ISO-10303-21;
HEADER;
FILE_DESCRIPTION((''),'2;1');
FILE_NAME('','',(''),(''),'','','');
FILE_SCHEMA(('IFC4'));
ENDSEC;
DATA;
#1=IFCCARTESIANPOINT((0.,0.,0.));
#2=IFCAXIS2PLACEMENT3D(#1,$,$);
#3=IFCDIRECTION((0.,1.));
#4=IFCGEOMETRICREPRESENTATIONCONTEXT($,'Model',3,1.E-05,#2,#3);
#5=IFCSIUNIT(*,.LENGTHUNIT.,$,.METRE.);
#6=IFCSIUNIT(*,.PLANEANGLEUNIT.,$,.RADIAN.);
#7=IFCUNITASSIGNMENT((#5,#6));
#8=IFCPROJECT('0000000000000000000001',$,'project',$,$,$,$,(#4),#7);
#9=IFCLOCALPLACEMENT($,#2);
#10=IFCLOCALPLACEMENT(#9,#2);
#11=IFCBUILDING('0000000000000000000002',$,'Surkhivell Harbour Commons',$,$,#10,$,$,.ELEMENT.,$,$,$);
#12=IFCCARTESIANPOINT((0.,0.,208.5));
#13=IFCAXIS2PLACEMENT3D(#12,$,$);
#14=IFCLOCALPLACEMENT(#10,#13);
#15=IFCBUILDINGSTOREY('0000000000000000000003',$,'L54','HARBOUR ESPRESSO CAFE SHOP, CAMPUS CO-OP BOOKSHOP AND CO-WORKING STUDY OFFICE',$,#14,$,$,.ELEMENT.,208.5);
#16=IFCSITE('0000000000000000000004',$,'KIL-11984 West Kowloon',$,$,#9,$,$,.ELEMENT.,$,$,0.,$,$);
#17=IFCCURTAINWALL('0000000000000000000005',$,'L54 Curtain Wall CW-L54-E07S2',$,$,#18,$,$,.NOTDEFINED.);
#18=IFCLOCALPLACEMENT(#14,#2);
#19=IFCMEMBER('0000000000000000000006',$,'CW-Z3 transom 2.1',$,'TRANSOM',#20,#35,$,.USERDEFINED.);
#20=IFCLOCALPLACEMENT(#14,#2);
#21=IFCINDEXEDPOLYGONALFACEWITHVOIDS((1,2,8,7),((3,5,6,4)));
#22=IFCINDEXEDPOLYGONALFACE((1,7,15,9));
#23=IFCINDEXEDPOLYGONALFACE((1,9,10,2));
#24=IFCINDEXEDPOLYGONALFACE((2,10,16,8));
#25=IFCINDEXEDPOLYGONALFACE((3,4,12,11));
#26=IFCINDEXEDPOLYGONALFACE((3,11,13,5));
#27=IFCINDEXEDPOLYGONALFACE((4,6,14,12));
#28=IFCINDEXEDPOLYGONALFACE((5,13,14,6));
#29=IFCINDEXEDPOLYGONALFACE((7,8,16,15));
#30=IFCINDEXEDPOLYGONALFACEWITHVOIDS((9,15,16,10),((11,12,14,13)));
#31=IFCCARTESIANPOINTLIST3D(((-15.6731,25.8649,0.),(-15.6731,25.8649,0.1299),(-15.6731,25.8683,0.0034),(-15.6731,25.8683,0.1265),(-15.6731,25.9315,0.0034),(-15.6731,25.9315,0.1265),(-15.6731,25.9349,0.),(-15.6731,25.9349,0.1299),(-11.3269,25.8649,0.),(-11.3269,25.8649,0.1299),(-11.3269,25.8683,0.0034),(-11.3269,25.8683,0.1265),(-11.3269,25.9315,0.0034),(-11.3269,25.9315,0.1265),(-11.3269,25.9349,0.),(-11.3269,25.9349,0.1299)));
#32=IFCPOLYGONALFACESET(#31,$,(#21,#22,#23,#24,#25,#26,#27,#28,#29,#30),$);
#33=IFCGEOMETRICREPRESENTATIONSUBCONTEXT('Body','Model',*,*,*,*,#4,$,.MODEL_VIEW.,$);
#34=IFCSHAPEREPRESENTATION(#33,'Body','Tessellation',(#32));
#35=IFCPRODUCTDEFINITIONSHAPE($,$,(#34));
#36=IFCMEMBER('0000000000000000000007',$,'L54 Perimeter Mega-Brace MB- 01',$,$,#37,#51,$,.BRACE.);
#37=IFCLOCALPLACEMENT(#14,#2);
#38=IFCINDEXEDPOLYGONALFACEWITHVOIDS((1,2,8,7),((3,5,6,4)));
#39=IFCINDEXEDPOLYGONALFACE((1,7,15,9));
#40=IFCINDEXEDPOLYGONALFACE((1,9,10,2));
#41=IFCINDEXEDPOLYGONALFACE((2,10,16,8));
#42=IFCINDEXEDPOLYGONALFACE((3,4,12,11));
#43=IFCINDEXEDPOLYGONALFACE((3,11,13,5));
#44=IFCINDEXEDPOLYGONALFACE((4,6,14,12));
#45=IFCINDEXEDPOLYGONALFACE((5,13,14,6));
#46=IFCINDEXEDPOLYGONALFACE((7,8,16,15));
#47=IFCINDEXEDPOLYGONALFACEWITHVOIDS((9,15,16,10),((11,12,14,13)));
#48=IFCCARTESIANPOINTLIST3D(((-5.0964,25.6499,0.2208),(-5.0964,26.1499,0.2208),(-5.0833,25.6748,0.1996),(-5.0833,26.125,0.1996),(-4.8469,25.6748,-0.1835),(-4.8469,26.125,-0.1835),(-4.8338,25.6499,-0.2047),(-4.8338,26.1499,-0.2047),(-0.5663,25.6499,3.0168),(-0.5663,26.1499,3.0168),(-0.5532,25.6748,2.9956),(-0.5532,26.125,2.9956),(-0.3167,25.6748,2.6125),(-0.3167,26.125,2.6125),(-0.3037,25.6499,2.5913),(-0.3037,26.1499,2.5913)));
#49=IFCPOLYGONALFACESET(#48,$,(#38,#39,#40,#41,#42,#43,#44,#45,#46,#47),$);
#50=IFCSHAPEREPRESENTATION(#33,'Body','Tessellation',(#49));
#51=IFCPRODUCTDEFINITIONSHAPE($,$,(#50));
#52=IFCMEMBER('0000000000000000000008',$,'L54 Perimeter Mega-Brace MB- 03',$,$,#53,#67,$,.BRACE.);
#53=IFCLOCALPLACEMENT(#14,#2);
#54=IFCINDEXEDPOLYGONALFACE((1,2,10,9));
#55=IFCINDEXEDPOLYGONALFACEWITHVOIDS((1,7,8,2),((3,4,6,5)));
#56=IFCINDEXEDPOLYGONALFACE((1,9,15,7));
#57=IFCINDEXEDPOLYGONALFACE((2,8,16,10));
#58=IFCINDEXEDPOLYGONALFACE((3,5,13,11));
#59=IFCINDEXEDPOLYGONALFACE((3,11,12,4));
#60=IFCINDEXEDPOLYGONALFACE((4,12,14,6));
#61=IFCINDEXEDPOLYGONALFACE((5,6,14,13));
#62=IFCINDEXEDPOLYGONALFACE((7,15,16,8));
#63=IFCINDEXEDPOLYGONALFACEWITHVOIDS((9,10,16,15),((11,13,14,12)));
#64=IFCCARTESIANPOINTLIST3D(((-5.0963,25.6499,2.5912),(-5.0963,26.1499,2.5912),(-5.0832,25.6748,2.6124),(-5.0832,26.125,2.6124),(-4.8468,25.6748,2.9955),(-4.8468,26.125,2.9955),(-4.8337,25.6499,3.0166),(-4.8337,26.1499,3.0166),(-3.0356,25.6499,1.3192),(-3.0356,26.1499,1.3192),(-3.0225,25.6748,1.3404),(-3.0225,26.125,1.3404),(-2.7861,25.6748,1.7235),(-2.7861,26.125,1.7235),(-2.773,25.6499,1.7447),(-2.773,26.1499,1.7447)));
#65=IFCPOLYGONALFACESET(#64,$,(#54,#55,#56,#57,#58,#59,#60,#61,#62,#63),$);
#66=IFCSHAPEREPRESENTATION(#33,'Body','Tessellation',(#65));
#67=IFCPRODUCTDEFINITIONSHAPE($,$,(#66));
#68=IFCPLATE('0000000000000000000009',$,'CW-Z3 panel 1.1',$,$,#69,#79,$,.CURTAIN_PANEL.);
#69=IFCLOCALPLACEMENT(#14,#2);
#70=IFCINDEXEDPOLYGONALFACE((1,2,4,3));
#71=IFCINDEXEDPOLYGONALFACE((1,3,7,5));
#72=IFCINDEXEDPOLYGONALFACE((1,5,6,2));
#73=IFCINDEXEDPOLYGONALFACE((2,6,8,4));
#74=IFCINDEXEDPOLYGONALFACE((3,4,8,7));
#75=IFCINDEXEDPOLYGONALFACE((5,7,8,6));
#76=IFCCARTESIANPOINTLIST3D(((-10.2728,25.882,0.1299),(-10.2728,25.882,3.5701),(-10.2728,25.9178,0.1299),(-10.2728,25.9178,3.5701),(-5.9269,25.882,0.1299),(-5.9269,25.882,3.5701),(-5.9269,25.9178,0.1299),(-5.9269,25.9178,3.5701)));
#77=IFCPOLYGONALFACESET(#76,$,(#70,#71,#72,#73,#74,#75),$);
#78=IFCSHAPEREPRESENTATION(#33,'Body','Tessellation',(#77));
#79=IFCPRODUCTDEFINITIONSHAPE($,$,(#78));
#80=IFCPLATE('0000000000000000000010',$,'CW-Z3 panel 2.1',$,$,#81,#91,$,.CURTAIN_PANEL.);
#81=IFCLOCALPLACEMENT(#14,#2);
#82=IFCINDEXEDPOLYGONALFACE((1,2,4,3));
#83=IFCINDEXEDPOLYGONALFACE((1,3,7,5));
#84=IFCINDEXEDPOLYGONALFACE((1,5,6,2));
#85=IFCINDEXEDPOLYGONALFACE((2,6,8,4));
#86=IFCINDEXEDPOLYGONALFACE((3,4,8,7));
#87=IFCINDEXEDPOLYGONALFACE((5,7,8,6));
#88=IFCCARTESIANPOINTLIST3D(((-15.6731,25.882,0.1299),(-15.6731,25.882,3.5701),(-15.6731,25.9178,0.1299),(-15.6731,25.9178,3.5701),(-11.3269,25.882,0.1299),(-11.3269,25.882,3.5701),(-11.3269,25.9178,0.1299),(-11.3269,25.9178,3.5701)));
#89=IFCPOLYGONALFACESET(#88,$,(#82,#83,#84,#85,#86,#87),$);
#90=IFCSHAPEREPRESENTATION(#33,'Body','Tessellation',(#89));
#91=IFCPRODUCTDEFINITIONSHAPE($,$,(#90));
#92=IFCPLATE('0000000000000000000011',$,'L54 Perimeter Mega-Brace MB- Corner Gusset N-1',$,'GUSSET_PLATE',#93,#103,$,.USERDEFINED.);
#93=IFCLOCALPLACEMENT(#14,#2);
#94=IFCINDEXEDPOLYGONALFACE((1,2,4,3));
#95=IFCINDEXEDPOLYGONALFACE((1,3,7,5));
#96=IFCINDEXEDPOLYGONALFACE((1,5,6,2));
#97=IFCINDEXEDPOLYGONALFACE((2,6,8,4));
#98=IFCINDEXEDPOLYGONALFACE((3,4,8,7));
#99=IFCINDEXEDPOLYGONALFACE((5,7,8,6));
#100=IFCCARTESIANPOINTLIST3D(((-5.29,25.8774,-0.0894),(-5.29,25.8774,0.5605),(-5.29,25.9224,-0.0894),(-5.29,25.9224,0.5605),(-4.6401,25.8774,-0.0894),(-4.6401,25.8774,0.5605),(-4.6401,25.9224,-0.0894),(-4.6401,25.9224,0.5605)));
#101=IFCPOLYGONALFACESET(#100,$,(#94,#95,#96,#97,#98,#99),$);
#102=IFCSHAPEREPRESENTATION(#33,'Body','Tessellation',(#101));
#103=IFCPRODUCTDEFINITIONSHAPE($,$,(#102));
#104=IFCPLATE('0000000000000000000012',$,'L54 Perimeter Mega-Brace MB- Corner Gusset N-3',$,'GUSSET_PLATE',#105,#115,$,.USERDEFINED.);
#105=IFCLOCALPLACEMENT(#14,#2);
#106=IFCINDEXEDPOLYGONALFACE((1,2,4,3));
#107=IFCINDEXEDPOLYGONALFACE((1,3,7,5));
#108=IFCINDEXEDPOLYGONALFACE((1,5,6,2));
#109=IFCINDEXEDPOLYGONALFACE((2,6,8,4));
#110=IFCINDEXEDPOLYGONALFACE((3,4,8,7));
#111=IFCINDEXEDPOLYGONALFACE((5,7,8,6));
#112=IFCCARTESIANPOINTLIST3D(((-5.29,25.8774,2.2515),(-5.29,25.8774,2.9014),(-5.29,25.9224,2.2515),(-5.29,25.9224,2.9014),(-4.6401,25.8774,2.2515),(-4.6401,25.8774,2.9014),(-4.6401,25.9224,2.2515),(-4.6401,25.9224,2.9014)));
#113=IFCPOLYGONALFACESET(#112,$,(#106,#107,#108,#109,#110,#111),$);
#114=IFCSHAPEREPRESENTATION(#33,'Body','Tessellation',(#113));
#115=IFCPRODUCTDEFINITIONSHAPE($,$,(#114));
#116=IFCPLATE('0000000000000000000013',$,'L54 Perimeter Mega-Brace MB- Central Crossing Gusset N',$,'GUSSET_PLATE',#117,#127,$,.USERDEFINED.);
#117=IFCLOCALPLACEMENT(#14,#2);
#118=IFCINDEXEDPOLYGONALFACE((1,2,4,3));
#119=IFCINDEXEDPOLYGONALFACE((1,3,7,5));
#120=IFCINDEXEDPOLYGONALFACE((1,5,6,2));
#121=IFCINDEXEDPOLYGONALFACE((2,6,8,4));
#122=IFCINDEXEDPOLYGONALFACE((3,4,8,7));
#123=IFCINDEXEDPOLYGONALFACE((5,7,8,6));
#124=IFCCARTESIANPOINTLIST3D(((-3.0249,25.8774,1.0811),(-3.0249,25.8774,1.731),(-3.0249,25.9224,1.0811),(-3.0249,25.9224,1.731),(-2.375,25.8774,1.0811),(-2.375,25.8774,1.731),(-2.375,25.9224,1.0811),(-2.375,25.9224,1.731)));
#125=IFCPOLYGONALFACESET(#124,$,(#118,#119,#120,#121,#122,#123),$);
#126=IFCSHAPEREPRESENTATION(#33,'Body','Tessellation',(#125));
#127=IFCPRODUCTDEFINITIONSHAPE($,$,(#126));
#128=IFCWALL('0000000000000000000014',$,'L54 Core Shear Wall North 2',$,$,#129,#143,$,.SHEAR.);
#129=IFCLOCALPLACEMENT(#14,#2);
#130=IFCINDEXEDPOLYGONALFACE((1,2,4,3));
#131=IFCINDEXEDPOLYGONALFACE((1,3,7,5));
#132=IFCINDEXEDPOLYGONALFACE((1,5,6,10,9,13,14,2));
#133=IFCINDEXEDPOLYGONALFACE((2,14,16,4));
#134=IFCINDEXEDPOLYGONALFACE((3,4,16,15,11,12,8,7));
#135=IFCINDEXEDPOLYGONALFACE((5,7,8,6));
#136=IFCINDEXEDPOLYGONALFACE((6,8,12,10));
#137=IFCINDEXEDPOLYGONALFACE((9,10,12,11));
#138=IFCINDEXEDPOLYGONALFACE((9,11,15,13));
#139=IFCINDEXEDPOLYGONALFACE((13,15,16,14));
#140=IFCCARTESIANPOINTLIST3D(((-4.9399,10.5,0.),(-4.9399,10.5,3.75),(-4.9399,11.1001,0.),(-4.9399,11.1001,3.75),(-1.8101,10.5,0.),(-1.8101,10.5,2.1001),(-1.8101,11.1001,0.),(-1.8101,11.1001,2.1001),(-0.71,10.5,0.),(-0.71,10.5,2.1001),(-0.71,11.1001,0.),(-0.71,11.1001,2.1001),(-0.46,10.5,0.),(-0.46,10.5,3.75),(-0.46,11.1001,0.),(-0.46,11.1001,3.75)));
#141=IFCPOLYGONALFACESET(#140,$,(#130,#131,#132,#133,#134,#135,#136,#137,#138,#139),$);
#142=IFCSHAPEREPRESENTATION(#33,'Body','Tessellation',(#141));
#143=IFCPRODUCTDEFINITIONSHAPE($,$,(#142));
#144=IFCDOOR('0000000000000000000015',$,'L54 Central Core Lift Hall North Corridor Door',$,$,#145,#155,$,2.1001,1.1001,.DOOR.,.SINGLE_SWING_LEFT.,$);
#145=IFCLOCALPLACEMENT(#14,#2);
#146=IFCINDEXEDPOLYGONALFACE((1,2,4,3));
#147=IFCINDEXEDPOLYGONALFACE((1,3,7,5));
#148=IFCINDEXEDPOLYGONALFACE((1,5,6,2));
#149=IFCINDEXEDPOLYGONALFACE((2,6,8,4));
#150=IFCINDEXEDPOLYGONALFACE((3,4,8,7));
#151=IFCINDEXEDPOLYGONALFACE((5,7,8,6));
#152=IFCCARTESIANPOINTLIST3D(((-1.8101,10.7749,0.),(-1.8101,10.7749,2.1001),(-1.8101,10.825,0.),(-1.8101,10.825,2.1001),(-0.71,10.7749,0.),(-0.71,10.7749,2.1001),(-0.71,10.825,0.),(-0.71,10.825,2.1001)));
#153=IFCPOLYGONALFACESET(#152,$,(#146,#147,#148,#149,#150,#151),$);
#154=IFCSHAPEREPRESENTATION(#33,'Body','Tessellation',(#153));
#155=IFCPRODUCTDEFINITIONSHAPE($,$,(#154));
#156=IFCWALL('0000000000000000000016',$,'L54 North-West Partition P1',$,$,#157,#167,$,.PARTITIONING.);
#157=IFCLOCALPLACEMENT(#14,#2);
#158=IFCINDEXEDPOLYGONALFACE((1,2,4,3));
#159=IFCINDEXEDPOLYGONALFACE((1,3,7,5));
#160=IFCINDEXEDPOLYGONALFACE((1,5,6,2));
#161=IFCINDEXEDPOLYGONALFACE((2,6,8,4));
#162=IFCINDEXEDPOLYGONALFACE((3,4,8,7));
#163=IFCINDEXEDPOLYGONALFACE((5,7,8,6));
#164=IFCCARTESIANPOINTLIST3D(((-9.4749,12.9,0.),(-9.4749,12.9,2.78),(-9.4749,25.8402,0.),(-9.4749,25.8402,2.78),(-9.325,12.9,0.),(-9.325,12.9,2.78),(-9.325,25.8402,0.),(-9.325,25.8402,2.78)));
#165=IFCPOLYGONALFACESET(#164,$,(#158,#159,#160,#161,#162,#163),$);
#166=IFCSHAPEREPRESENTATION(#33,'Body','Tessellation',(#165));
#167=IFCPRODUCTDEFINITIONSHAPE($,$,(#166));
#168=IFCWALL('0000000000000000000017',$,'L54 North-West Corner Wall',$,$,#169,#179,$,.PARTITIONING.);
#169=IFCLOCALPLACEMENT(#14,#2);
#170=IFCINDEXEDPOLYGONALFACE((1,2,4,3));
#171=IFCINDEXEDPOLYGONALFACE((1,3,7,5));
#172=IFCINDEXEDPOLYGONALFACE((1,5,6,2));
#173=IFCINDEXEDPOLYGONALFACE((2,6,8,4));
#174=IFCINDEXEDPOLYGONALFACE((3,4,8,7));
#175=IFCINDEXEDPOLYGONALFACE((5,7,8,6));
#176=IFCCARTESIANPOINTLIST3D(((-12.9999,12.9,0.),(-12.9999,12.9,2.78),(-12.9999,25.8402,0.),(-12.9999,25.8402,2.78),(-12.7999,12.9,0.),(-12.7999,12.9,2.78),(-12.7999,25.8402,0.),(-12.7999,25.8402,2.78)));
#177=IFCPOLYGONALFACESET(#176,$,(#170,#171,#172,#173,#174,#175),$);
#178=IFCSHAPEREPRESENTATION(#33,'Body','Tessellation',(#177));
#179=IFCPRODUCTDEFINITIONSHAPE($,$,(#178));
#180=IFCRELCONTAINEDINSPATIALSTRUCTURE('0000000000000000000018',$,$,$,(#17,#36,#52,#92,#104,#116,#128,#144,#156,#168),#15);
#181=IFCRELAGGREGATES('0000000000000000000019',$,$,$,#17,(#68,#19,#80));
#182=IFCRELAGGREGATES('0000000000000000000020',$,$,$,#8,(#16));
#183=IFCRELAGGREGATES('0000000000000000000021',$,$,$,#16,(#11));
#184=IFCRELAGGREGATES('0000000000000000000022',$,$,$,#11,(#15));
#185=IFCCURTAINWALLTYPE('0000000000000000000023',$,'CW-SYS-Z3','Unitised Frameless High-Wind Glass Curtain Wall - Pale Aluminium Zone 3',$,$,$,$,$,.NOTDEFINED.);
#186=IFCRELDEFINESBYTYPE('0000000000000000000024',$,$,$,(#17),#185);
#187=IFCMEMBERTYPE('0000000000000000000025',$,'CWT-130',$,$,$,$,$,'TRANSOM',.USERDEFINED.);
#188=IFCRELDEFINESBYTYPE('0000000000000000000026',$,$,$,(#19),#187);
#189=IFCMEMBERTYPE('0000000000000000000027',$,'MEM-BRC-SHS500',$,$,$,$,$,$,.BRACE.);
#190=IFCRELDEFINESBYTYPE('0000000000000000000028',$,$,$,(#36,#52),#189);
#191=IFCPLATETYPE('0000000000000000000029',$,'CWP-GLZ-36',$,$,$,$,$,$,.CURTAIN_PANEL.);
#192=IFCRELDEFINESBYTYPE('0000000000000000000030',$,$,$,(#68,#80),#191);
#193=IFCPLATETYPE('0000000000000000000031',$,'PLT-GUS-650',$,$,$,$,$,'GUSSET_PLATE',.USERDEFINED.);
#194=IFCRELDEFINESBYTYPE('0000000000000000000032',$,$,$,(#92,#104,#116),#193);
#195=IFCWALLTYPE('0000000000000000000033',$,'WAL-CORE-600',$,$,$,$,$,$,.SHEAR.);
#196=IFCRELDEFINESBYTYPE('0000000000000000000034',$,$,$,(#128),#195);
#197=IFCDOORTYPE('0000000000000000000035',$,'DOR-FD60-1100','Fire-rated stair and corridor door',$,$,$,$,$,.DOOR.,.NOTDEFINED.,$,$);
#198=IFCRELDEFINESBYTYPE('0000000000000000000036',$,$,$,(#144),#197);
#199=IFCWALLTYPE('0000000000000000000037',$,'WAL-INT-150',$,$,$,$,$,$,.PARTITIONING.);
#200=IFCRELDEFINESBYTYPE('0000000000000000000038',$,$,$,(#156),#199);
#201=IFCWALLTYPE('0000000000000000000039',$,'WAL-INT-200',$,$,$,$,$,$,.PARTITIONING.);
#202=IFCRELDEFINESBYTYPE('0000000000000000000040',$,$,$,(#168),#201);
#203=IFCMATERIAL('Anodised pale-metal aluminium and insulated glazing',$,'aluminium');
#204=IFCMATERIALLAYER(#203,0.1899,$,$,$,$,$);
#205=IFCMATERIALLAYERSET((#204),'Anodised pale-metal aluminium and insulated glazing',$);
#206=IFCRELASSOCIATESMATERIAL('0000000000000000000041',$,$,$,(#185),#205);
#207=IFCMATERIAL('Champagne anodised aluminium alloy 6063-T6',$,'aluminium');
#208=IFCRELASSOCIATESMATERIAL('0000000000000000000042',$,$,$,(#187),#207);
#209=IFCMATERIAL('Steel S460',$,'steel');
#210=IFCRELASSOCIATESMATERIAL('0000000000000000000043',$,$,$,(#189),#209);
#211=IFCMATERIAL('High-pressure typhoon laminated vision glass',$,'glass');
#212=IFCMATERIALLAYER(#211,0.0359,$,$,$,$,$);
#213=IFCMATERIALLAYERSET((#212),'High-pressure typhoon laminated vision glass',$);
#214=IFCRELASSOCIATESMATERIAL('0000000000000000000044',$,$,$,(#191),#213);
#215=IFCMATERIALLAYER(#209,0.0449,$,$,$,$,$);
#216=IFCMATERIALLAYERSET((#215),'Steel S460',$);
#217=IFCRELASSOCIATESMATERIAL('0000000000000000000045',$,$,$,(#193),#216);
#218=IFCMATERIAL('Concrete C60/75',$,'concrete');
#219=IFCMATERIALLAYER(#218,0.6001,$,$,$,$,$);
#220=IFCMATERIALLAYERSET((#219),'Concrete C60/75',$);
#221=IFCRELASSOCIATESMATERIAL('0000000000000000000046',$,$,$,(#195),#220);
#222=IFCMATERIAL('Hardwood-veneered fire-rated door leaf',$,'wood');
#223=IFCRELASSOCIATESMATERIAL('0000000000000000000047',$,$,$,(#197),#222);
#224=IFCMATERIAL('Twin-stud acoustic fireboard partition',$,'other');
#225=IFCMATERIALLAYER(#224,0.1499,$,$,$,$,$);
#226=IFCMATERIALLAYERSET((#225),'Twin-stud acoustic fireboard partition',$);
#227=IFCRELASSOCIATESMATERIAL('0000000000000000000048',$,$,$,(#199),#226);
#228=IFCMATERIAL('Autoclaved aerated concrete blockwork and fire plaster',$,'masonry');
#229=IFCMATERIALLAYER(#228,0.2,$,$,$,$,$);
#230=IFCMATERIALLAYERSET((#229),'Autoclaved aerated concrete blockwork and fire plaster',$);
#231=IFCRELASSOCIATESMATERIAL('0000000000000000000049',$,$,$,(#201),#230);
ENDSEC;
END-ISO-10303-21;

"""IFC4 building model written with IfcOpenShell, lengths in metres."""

from ifc_helpers import new_model, si_unit, direction, frame, frame_2d, origin, origin_2d, place, context, subcontext, project, spatial, rectangle, hollow_rectangle, extrude, material, layer, layer_set, material_profile, profile_set, type_object, element, fill, aggregate, save


model = new_model("IFC4")

# Units and contexts
model_context = context("Model", 3, precision=1e-05, world=origin(), true_north=direction((0.0, 1.0)))
body_context = subcontext(model_context, "Body", "Model", "MODEL_VIEW")
ifc_project = project(units=[si_unit("LENGTHUNIT", "METRE"), si_unit("PLANEANGLEUNIT", "RADIAN")], contexts=[model_context])

# Site, building, storey
site_placement = place(None, origin())
site = spatial("IfcSite", under=ifc_project, at=site_placement, Name="KIL-11984 West Kowloon", CompositionType="ELEMENT", RefElevation=0.0)
building_placement = place(site_placement, origin())
building = spatial("IfcBuilding", under=site, at=building_placement, Name="Surkhivell Harbour Commons", CompositionType="ELEMENT")
storey_placement = place(building_placement, frame((0.0, 0.0, 208.5)))
storey = spatial("IfcBuildingStorey", under=building, at=storey_placement, Name="L54", Description="HARBOUR ESPRESSO CAFE SHOP, CAMPUS CO-OP BOOKSHOP AND CO-WORKING STUDY OFFICE", CompositionType="ELEMENT", Elevation=208.5)

# Shared definitions
ifc_material_1 = material(Name="Concrete C60/75", Category="concrete")

# Curtain wall, member
ifc_material_2 = material(Name="Anodised pale-metal aluminium and insulated glazing", Category="aluminium")
ifc_layer_1 = layer(ifc_material_2, 0.1899)
ifc_layer_set_1 = layer_set([ifc_layer_1], Name="Anodised pale-metal aluminium and insulated glazing")
curtain_wall_type = type_object("IfcCurtainWallType", Name="CW-SYS-Z3", Description="Unitised Frameless High-Wind Glass Curtain Wall - Pale Aluminium Zone 3", PredefinedType="NOTDEFINED", material=ifc_layer_set_1)
curtain_wall_placement = place(storey_placement, origin())
curtain_wall = element("IfcCurtainWall", 1, at=curtain_wall_placement, inside=storey, type_object=curtain_wall_type, Name="L54 Curtain Wall CW-L54-E07S2", PredefinedType="NOTDEFINED")
ifc_material_3 = material(Name="Champagne anodised aluminium alloy 6063-T6", Category="aluminium")
ifc_material_profile_1 = material_profile(ifc_material_3, hollow_rectangle(XDim=0.0701, YDim=0.1299, WallThickness=0.0034, at=origin_2d()), Name="ALU-TRAN-70x130")
ifc_profile_set_1 = profile_set([ifc_material_profile_1], Name="Champagne anodised aluminium alloy 6063-T6")
member_type_1 = type_object("IfcMemberType", Name="CWT-130", ElementType="TRANSOM", PredefinedType="USERDEFINED", material=ifc_profile_set_1)
member_1_placement = place(storey_placement, frame((-11.3269, 25.8999, 0.0649), z_axis=(-1.0, 0.0, 0.0), x_axis=(0.0, -1.0, 0.0)))
member_1 = element("IfcMember", 2, at=member_1_placement, type_object=member_type_1, Name="CW-Z3 transom 2.1", ObjectType="TRANSOM", PredefinedType="USERDEFINED", context=body_context, shape_type="SweptSolid", body=[
    extrude(hollow_rectangle(XDim=0.0701, YDim=0.1299, WallThickness=0.0034, at=origin_2d()), origin(), (0.0, 0.0, 1.0), 4.3462),
])

# Members
ifc_material_4 = material(Name="Steel S460", Category="steel")
ifc_material_profile_2 = material_profile(ifc_material_4, hollow_rectangle(XDim=0.5, YDim=0.5, WallThickness=0.0249, at=origin_2d()), Name="SHS500x500x25")
ifc_profile_set_2 = profile_set([ifc_material_profile_2], Name="Steel S460")
member_type_2 = type_object("IfcMemberType", Name="MEM-BRC-SHS500", PredefinedType="BRACE", material=ifc_profile_set_2)
member_2_placement = place(storey_placement, frame((-4.9651, 25.8999, 0.0081), z_axis=(0.850971, 0.0, 0.525213), x_axis=(0.0, 1.0, 0.0)))
element("IfcMember", 3, at=member_2_placement, inside=storey, type_object=member_type_2, Name="L54 Perimeter Mega-Brace MB- 01", PredefinedType="BRACE", context=body_context, shape_type="SweptSolid", body=[
    extrude(hollow_rectangle(XDim=0.5, YDim=0.5, WallThickness=0.0249, at=origin_2d()), origin(), (0.0, 0.0, 1.0), 5.3235),
])
member_3_placement = place(storey_placement, frame((-2.9043, 25.8999, 1.532), z_axis=(-0.850958, 0.0, 0.525233), x_axis=(0.0, -1.0, 0.0)))
element("IfcMember", 4, at=member_3_placement, inside=storey, type_object=member_type_2, Name="L54 Perimeter Mega-Brace MB- 03", PredefinedType="BRACE", context=body_context, shape_type="SweptSolid", body=[
    extrude(hollow_rectangle(XDim=0.5, YDim=0.5, WallThickness=0.0249, at=origin_2d()), origin(), (0.0, 0.0, 1.0), 2.4216),
])

# Plates
ifc_material_5 = material(Name="High-pressure typhoon laminated vision glass", Category="glass")
ifc_layer_2 = layer(ifc_material_5, 0.0359)
ifc_layer_set_2 = layer_set([ifc_layer_2], Name="High-pressure typhoon laminated vision glass")
plate_type_1 = type_object("IfcPlateType", Name="CWP-GLZ-36", PredefinedType="CURTAIN_PANEL", material=ifc_layer_set_2)
plate_1_placement = place(storey_placement, frame((-5.927, 25.8999, 0.1299), z_axis=(0.0, 0.0, 1.0), x_axis=(-1.0, 0.0, 0.0)))
plate_1 = element("IfcPlate", 5, at=plate_1_placement, type_object=plate_type_1, Name="CW-Z3 panel 1.1", PredefinedType="CURTAIN_PANEL", context=body_context, shape_type="SweptSolid", body=[
    extrude(rectangle(XDim=4.3459, YDim=0.0359, at=frame_2d((2.1729, 0.0))), origin(), (0.0, 0.0, 1.0), 3.4402),
])
plate_2_placement = place(storey_placement, frame((-11.3269, 25.8999, 0.1299), z_axis=(0.0, 0.0, 1.0), x_axis=(-1.0, 0.0, 0.0)))
plate_2 = element("IfcPlate", 6, at=plate_2_placement, type_object=plate_type_1, Name="CW-Z3 panel 2.1", PredefinedType="CURTAIN_PANEL", context=body_context, shape_type="SweptSolid", body=[
    extrude(rectangle(XDim=4.3462, YDim=0.0359, at=frame_2d((2.1731, 0.0))), origin(), (0.0, 0.0, 1.0), 3.4402),
])
aggregate(curtain_wall, [plate_1, member_1, plate_2])

# Plates
ifc_layer_3 = layer(ifc_material_4, 0.0449)
ifc_layer_set_3 = layer_set([ifc_layer_3], Name="Steel S460")
plate_type_2 = type_object("IfcPlateType", Name="PLT-GUS-650", ElementType="GUSSET_PLATE", PredefinedType="USERDEFINED", material=ifc_layer_set_3)
for number, where, z_axis, x_axis, name in (
    (7, (-4.9651, 25.8999, -0.0894), (0.0, 0.0, 1.0), (1.0, 0.0, 0.0), "L54 Perimeter Mega-Brace MB- Corner Gusset N-1"),
    (8, (-4.9651, 25.8999, 2.2515), (0.0, 0.0, 1.0), (1.0, 0.0, 0.0), "L54 Perimeter Mega-Brace MB- Corner Gusset N-3"),
    (9, (-2.7, 25.8999, 1.0811), (0.0, 0.0, 1.0), (1.0, 0.0, 0.0), "L54 Perimeter Mega-Brace MB- Central Crossing Gusset N"),
):
    element("IfcPlate", number, at=place(storey_placement, frame(where, z_axis=z_axis, x_axis=x_axis)), inside=storey, type_object=plate_type_2, Name=name, ObjectType="GUSSET_PLATE", PredefinedType="USERDEFINED", context=body_context, shape_type="SweptSolid", body=[
        extrude(rectangle(XDim=0.6499, YDim=0.0449, at=origin_2d()), origin(), (0.0, 0.0, 1.0), 0.6499),
    ])

# Wall, opening, door
ifc_layer_4 = layer(ifc_material_1, 0.6001)
ifc_layer_set_4 = layer_set([ifc_layer_4], Name="Concrete C60/75")
wall_type_1 = type_object("IfcWallType", Name="WAL-CORE-600", PredefinedType="SHEAR", material=ifc_layer_set_4)
wall_1_placement = place(storey_placement, frame((-4.9399, 10.8, 0.0), z_axis=(0.0, 0.0, 1.0), x_axis=(1.0, 0.0, 0.0)))
wall_1 = element("IfcWall", 10, at=wall_1_placement, inside=storey, type_object=wall_type_1, Name="L54 Core Shear Wall North 2", PredefinedType="SHEAR", context=body_context, shape_type="SweptSolid", body=[
    extrude(rectangle(XDim=4.48, YDim=0.6001, at=frame_2d((2.24, 0.0))), origin(), (0.0, 0.0, 1.0), 3.75),
])
opening_1_placement = place(wall_1_placement, frame((3.1299, 0.0, 0.0)))
opening_1 = element("IfcOpeningElement", 11, at=opening_1_placement, cuts=wall_1, PredefinedType="OPENING", context=body_context, shape_type="SweptSolid", body=[
    extrude(rectangle(XDim=1.1001, YDim=2.1001, at=frame_2d((0.55, 1.05))), frame((0.0, 0.3101, 0.0), z_axis=(0.0, -1.0, 0.0), x_axis=(1.0, 0.0, 0.0)), (0.0, 0.0, 1.0), 0.6201),
])
ifc_material_6 = material(Name="Hardwood-veneered fire-rated door leaf", Category="wood")
door_type_1 = type_object("IfcDoorType", Name="DOR-FD60-1100", Description="Fire-rated stair and corridor door", OperationType="NOTDEFINED", PredefinedType="DOOR", material=ifc_material_6)
door_1_placement = place(opening_1_placement, origin())
door_1 = element("IfcDoor", 12, at=door_1_placement, inside=storey, type_object=door_type_1, Name="L54 Central Core Lift Hall North Corridor Door", OperationType="SINGLE_SWING_LEFT", OverallHeight=2.1001, OverallWidth=1.1001, PredefinedType="DOOR", context=body_context, shape_type="SweptSolid", body=[
    extrude(rectangle(XDim=1.1001, YDim=2.1001, at=frame_2d((0.55, 1.05))), frame((0.0, 0.0249, 0.0), z_axis=(0.0, -1.0, 0.0), x_axis=(1.0, 0.0, 0.0)), (0.0, 0.0, 1.0), 0.05),
])
fill(opening_1, door_1)

# Walls
ifc_material_7 = material(Name="Twin-stud acoustic fireboard partition", Category="other")
ifc_layer_5 = layer(ifc_material_7, 0.1499)
ifc_layer_set_5 = layer_set([ifc_layer_5], Name="Twin-stud acoustic fireboard partition")
wall_type_2 = type_object("IfcWallType", Name="WAL-INT-150", PredefinedType="PARTITIONING", material=ifc_layer_set_5)
wall_2_placement = place(storey_placement, frame((-9.3999, 12.8999, 0.0), z_axis=(0.0, 0.0, 1.0), x_axis=(0.0, 1.0, 0.0)))
element("IfcWall", 13, at=wall_2_placement, inside=storey, type_object=wall_type_2, Name="L54 North-West Partition P1", PredefinedType="PARTITIONING", context=body_context, shape_type="SweptSolid", body=[
    extrude(rectangle(XDim=12.9402, YDim=0.1499, at=frame_2d((6.4702, 0.0))), origin(), (0.0, 0.0, 1.0), 2.78),
])
ifc_material_8 = material(Name="Autoclaved aerated concrete blockwork and fire plaster", Category="masonry")
ifc_layer_6 = layer(ifc_material_8, 0.2)
ifc_layer_set_6 = layer_set([ifc_layer_6], Name="Autoclaved aerated concrete blockwork and fire plaster")
wall_type_3 = type_object("IfcWallType", Name="WAL-INT-200", PredefinedType="PARTITIONING", material=ifc_layer_set_6)
wall_3_placement = place(storey_placement, frame((-12.8999, 12.8999, 0.0), z_axis=(0.0, 0.0, 1.0), x_axis=(0.0, 1.0, 0.0)))
element("IfcWall", 14, at=wall_3_placement, inside=storey, type_object=wall_type_3, Name="L54 North-West Corner Wall", PredefinedType="PARTITIONING", context=body_context, shape_type="SweptSolid", body=[
    extrude(rectangle(XDim=12.9402, YDim=0.2, at=frame_2d((6.4702, 0.0))), origin(), (0.0, 0.0, 1.0), 2.78),
])

save(model, "model.ifc")
